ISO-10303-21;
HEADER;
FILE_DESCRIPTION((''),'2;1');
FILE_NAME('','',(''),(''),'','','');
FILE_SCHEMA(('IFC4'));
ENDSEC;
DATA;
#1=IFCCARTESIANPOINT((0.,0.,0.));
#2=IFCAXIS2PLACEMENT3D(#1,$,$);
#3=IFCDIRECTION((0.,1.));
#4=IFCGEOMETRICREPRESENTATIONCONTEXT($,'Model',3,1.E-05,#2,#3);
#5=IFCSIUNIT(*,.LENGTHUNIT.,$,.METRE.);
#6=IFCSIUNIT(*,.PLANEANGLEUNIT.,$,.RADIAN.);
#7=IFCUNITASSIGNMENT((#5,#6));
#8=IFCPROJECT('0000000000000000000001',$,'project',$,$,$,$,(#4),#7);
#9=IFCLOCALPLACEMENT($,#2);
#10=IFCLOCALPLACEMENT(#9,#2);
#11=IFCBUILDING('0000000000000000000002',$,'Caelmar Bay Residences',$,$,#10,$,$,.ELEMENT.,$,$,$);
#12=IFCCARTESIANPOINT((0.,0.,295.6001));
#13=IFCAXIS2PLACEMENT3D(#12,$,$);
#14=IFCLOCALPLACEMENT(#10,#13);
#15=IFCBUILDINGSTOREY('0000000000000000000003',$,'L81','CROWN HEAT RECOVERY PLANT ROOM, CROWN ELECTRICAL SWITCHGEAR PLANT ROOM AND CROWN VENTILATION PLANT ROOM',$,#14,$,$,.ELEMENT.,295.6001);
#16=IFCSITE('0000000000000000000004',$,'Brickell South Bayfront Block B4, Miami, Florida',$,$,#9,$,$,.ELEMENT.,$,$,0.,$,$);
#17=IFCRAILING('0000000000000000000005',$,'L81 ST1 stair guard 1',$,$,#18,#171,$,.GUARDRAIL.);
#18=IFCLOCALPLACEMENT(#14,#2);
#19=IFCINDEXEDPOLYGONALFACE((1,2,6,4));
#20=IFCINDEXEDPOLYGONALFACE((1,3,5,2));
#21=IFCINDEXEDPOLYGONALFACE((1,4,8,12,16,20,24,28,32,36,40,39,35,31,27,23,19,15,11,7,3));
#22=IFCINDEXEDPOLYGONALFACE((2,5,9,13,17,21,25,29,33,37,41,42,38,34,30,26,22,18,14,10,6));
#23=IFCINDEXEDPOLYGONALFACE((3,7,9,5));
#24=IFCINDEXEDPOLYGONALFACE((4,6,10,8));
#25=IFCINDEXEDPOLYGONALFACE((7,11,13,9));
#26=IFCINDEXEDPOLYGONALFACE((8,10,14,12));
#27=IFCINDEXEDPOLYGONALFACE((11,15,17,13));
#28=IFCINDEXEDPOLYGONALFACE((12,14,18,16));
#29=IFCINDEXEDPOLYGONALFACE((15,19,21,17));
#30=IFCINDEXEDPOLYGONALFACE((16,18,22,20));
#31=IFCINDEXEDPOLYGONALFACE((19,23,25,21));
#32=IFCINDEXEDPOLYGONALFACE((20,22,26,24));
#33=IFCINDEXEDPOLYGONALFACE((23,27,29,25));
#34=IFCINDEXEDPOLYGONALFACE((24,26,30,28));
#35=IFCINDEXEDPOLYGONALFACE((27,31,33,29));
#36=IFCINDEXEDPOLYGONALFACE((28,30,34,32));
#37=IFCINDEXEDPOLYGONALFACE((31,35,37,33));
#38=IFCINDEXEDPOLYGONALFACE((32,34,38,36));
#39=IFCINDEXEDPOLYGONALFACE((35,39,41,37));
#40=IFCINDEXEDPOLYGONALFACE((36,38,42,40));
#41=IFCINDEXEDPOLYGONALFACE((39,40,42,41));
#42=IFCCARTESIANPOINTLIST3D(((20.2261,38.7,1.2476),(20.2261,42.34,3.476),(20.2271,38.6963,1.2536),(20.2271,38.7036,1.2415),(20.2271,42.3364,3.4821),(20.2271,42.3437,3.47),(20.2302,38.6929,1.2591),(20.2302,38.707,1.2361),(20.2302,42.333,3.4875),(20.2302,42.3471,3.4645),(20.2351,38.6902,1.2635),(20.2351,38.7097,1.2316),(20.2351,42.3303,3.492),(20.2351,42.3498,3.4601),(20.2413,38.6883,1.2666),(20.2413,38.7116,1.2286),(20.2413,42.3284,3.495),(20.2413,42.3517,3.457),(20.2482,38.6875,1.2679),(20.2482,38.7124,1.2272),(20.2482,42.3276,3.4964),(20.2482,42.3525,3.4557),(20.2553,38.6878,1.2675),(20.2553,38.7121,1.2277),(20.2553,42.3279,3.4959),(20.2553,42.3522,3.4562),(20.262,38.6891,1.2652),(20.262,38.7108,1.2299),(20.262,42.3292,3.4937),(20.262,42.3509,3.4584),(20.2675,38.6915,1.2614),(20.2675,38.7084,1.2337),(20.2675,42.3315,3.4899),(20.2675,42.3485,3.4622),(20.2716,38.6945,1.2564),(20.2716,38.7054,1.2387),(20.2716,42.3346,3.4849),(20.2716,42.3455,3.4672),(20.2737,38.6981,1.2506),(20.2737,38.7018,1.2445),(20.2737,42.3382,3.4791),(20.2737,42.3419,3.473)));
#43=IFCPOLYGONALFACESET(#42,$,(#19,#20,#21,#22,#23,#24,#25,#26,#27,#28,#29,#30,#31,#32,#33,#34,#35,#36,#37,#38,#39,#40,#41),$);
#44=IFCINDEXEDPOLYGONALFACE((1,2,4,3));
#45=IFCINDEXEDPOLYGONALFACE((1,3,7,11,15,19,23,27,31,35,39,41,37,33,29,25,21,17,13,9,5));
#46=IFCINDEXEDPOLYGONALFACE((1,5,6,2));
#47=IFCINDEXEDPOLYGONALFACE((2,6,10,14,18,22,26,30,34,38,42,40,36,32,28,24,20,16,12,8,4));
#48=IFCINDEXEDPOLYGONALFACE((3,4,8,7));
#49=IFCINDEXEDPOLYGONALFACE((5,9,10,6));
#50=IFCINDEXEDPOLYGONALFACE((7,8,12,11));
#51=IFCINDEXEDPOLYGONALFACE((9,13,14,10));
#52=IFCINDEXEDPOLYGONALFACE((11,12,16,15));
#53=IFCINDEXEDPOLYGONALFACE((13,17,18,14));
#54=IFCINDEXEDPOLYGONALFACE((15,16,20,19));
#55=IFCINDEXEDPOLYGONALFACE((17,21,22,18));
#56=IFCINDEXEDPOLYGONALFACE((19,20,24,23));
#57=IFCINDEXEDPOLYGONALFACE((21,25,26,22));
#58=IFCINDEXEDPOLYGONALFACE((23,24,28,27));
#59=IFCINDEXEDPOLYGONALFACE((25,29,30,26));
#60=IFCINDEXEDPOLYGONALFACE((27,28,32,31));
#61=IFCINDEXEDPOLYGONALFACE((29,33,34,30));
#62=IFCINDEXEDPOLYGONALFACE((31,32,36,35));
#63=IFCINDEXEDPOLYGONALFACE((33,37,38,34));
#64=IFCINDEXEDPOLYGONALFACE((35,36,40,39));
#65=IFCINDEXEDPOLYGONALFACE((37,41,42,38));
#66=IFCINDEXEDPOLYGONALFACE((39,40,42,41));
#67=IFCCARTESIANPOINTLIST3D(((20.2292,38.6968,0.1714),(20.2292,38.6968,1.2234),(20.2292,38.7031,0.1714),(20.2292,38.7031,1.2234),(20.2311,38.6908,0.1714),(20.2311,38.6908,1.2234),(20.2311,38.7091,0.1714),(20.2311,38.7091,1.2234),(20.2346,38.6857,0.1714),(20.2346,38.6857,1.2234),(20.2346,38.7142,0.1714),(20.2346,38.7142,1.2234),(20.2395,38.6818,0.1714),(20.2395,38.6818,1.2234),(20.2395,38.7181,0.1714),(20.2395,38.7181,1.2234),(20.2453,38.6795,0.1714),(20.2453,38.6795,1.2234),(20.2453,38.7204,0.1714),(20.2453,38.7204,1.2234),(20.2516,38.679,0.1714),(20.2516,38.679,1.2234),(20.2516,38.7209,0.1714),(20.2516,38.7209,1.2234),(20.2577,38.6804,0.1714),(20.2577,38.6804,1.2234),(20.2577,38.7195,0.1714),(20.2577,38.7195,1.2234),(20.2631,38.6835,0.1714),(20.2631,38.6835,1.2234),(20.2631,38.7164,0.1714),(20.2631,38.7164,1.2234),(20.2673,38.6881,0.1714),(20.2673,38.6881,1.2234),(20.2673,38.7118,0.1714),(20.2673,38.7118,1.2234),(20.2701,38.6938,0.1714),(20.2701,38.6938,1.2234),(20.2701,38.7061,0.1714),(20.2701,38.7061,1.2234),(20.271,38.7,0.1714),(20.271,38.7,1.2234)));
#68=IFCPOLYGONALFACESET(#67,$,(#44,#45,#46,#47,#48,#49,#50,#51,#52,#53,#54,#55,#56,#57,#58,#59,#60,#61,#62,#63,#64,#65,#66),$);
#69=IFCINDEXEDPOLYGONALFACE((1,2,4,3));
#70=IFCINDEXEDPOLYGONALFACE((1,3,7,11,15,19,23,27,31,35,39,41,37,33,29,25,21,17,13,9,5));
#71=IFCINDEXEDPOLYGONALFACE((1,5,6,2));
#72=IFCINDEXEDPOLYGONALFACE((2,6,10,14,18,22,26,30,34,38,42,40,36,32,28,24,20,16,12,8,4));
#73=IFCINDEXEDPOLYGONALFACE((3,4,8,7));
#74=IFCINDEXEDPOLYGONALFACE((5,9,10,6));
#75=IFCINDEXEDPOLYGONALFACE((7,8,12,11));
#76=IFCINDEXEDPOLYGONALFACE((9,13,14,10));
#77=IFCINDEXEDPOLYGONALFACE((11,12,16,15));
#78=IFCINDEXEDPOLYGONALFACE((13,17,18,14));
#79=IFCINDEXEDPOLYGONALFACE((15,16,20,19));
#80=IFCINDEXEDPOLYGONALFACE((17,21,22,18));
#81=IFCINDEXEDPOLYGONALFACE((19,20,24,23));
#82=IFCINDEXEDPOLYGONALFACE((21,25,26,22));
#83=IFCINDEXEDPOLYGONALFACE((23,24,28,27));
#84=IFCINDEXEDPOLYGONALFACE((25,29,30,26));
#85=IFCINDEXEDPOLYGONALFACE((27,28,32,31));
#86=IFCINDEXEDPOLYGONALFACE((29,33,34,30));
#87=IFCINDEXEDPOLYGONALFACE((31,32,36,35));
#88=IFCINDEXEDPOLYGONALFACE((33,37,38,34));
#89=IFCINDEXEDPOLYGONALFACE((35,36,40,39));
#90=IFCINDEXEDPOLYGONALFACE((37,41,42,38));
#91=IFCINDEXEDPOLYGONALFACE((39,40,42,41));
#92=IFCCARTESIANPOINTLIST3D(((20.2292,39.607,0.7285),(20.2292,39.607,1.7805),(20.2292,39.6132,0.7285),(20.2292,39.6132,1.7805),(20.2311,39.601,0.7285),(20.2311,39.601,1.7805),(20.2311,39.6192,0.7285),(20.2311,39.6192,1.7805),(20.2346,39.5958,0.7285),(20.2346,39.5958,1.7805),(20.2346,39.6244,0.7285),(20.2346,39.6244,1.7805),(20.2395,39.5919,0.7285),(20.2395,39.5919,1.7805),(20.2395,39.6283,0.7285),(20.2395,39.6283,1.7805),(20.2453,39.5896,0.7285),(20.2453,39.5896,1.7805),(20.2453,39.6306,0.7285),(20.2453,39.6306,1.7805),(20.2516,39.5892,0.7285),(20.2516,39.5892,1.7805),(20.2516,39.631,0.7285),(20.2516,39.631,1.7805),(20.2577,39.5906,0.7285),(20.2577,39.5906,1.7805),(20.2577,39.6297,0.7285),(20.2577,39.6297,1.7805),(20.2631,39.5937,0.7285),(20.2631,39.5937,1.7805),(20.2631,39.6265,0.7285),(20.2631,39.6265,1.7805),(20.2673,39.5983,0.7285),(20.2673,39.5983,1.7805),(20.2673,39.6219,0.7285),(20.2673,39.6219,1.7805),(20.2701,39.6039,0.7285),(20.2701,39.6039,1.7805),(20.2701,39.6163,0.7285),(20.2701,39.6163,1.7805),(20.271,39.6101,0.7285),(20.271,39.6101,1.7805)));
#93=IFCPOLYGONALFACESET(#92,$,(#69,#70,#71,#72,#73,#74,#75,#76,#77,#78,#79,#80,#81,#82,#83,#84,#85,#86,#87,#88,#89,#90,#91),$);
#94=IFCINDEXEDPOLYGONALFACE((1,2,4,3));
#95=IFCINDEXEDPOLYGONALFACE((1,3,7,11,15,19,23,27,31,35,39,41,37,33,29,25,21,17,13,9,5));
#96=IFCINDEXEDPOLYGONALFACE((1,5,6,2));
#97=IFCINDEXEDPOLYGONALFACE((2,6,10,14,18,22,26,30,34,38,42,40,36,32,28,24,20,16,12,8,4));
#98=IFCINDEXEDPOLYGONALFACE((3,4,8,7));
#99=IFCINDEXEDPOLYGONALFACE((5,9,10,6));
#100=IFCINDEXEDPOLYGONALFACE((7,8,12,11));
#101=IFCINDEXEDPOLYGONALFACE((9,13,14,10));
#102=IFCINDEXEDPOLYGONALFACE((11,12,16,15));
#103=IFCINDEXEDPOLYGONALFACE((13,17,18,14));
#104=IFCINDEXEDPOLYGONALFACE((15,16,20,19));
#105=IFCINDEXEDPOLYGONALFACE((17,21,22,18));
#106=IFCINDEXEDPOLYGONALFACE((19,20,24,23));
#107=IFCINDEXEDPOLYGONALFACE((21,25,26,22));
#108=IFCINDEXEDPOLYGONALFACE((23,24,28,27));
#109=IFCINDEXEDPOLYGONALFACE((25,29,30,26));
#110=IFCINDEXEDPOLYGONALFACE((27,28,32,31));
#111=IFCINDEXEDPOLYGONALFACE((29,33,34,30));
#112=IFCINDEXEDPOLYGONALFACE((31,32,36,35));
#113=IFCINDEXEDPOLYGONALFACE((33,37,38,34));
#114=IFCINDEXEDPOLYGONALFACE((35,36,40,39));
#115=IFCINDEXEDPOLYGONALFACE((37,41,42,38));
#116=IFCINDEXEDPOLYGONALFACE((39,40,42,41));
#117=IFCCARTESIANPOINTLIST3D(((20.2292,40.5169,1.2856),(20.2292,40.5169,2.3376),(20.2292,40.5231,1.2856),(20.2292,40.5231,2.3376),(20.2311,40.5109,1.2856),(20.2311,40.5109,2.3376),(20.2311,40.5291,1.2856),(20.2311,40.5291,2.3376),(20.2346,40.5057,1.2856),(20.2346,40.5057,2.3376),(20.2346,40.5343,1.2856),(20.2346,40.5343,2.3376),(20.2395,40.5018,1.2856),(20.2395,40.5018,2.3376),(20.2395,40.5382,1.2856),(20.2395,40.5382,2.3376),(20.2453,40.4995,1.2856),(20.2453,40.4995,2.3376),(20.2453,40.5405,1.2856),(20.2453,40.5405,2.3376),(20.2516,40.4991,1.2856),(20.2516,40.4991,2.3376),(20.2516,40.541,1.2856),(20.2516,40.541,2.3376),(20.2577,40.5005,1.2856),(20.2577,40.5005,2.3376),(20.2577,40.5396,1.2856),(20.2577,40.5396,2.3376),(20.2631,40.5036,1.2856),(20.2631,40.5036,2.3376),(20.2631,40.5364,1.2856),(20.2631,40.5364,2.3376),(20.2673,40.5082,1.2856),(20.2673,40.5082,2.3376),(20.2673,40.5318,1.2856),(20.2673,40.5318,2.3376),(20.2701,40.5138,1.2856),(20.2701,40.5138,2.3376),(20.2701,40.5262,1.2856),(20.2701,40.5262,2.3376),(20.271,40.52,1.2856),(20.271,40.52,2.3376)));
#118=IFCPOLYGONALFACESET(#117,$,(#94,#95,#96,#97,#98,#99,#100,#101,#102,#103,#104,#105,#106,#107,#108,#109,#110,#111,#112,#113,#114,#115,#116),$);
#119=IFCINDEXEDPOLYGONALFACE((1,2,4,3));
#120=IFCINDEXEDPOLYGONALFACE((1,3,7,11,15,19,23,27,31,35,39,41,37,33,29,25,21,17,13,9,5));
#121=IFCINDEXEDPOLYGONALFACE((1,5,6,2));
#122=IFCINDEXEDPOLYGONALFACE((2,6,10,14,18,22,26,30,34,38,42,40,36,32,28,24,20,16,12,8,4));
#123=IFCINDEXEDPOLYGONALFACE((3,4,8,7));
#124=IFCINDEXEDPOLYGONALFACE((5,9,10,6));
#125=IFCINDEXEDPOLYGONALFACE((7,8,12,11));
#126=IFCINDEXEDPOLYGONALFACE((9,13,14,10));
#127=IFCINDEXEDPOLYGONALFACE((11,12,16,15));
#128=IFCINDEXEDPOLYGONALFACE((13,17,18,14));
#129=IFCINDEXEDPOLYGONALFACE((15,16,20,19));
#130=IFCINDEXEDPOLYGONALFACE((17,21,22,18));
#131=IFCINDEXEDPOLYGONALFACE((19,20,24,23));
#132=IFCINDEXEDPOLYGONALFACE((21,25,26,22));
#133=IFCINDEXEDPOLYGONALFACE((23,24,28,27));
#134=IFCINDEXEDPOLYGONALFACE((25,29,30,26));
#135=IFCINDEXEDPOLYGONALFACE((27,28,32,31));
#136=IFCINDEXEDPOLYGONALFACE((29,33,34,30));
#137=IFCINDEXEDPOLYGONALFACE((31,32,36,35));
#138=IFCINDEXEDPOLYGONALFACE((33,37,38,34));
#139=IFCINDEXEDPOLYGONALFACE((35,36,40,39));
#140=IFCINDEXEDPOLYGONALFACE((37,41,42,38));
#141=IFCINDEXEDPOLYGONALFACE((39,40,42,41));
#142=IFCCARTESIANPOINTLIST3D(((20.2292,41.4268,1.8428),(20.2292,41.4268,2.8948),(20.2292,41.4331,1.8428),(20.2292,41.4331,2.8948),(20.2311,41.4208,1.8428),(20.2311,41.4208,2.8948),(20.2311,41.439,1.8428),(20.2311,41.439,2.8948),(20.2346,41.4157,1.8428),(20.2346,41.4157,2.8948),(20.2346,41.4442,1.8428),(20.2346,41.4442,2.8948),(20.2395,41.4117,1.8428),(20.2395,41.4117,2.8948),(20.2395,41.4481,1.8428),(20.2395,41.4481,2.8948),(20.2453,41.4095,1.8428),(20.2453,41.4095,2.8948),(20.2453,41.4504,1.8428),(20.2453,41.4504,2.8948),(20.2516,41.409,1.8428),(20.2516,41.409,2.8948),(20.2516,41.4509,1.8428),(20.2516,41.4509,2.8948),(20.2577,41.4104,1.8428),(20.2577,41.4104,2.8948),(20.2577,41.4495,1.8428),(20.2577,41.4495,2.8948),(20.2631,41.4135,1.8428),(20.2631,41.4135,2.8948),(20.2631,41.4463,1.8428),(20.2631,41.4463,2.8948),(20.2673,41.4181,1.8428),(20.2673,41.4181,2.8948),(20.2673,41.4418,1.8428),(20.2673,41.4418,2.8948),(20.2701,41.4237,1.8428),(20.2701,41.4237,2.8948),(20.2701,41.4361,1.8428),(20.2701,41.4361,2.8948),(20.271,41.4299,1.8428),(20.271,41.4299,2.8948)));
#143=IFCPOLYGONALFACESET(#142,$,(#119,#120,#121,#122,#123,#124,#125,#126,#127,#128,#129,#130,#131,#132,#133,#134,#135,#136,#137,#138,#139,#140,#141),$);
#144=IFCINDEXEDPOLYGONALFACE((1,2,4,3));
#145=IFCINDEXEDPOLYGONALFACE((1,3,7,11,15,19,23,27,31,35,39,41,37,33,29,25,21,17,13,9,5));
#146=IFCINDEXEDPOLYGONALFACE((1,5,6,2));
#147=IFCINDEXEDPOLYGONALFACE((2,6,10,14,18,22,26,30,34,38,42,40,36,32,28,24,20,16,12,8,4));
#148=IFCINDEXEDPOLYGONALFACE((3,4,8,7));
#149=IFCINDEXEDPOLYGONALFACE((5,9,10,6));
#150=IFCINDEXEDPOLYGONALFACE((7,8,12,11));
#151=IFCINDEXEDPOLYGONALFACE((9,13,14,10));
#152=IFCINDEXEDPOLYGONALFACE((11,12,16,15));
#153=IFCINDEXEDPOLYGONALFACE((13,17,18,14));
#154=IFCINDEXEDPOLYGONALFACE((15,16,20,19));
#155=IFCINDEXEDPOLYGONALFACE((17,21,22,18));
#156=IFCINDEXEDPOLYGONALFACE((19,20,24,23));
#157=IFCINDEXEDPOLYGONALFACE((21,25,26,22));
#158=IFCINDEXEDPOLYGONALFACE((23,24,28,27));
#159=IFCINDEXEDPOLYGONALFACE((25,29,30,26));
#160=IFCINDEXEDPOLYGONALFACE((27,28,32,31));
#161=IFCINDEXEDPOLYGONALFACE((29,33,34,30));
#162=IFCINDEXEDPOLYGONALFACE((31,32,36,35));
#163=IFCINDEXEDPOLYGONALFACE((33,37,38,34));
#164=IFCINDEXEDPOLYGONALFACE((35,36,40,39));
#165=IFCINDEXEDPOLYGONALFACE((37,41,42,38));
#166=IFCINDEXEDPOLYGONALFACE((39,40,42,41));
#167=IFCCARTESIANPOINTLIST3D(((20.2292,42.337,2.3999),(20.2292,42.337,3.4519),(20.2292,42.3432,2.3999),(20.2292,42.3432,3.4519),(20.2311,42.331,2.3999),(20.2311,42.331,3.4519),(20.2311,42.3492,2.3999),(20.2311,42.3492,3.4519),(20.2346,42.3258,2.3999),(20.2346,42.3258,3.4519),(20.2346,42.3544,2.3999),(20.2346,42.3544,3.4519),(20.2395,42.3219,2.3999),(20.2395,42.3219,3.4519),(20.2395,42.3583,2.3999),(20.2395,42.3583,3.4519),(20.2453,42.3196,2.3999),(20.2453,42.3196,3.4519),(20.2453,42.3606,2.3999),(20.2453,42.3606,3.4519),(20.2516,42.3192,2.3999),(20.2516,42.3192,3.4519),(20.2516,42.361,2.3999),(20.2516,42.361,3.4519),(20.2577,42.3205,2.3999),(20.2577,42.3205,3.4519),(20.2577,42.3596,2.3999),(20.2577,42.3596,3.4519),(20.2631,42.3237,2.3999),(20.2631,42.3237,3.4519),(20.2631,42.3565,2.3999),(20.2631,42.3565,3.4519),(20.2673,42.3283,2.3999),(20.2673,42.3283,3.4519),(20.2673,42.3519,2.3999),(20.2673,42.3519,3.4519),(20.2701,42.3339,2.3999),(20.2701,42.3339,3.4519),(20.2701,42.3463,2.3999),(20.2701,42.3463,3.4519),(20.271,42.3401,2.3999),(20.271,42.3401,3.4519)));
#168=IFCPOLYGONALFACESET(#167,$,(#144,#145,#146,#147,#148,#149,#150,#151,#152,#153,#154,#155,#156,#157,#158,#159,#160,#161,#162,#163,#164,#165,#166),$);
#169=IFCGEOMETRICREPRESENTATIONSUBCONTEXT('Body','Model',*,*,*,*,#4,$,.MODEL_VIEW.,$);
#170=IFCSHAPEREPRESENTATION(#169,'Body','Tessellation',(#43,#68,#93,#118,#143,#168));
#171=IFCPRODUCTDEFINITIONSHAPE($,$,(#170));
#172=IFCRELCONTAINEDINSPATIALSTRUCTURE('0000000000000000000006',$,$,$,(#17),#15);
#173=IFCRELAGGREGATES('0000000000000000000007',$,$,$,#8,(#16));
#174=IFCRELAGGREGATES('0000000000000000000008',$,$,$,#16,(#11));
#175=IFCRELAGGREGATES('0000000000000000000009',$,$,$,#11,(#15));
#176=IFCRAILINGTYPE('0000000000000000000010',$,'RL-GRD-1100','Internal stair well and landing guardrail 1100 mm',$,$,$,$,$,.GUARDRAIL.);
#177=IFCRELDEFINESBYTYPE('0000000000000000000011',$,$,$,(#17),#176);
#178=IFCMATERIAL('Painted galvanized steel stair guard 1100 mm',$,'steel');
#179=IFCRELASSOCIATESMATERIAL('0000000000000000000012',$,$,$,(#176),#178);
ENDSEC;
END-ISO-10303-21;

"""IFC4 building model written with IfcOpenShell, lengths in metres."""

from ifc_helpers import new_model, si_unit, direction, frame, origin, origin_2d, place, context, subcontext, project, spatial, circle, extrude, material, type_object, element, save


model = new_model("IFC4")

# Units and contexts
model_context = context("Model", 3, precision=1e-05, world=origin(), true_north=direction((0.0, 1.0)))
body_context = subcontext(model_context, "Body", "Model", "MODEL_VIEW")
ifc_project = project(units=[si_unit("LENGTHUNIT", "METRE"), si_unit("PLANEANGLEUNIT", "RADIAN")], contexts=[model_context])

# Site, building, storey
site_placement = place(None, origin())
site = spatial("IfcSite", under=ifc_project, at=site_placement, Name="Brickell South Bayfront Block B4, Miami, Florida", CompositionType="ELEMENT", RefElevation=0.0)
building_placement = place(site_placement, origin())
building = spatial("IfcBuilding", under=site, at=building_placement, Name="Caelmar Bay Residences", CompositionType="ELEMENT")
storey_placement = place(building_placement, frame((0.0, 0.0, 295.6001)))
storey = spatial("IfcBuildingStorey", under=building, at=storey_placement, Name="L81", Description="CROWN HEAT RECOVERY PLANT ROOM, CROWN ELECTRICAL SWITCHGEAR PLANT ROOM AND CROWN VENTILATION PLANT ROOM", CompositionType="ELEMENT", Elevation=295.6001)

# Railing
ifc_material_1 = material(Name="Painted galvanized steel stair guard 1100 mm", Category="steel")
railing_type_1 = type_object("IfcRailingType", Name="RL-GRD-1100", Description="Internal stair well and landing guardrail 1100 mm", PredefinedType="GUARDRAIL", material=ifc_material_1)
railing_1_placement = place(storey_placement, frame((20.25, 38.7, 0.1714)))
element("IfcRailing", 1, at=railing_1_placement, inside=storey, type_object=railing_type_1, Name="L81 ST1 stair guard 1", PredefinedType="GUARDRAIL", context=body_context, shape_type="SweptSolid", body=[
    extrude(circle(Radius=0.0239, at=origin_2d()), frame((0.0, 0.0, 1.0762), z_axis=(0.0, 0.852866, 0.52213), x_axis=(-1.0, 0.0, 0.0)), (0.0, 0.0, 1.0), 4.2681),
    extrude(circle(Radius=0.021, at=origin_2d()), origin(), (0.0, 0.0, 1.0), 1.052),
    extrude(circle(Radius=0.021, at=origin_2d()), frame((0.0, 0.9102, 0.5571)), (0.0, 0.0, 1.0), 1.052),
    extrude(circle(Radius=0.021, at=origin_2d()), frame((0.0, 1.8201, 1.1143)), (0.0, 0.0, 1.0), 1.052),
    extrude(circle(Radius=0.021, at=origin_2d()), frame((0.0, 2.73, 1.6714)), (0.0, 0.0, 1.0), 1.052),
    extrude(circle(Radius=0.021, at=origin_2d()), frame((0.0, 3.6401, 2.2285)), (0.0, 0.0, 1.0), 1.052),
])

save(model, "model.ifc")
